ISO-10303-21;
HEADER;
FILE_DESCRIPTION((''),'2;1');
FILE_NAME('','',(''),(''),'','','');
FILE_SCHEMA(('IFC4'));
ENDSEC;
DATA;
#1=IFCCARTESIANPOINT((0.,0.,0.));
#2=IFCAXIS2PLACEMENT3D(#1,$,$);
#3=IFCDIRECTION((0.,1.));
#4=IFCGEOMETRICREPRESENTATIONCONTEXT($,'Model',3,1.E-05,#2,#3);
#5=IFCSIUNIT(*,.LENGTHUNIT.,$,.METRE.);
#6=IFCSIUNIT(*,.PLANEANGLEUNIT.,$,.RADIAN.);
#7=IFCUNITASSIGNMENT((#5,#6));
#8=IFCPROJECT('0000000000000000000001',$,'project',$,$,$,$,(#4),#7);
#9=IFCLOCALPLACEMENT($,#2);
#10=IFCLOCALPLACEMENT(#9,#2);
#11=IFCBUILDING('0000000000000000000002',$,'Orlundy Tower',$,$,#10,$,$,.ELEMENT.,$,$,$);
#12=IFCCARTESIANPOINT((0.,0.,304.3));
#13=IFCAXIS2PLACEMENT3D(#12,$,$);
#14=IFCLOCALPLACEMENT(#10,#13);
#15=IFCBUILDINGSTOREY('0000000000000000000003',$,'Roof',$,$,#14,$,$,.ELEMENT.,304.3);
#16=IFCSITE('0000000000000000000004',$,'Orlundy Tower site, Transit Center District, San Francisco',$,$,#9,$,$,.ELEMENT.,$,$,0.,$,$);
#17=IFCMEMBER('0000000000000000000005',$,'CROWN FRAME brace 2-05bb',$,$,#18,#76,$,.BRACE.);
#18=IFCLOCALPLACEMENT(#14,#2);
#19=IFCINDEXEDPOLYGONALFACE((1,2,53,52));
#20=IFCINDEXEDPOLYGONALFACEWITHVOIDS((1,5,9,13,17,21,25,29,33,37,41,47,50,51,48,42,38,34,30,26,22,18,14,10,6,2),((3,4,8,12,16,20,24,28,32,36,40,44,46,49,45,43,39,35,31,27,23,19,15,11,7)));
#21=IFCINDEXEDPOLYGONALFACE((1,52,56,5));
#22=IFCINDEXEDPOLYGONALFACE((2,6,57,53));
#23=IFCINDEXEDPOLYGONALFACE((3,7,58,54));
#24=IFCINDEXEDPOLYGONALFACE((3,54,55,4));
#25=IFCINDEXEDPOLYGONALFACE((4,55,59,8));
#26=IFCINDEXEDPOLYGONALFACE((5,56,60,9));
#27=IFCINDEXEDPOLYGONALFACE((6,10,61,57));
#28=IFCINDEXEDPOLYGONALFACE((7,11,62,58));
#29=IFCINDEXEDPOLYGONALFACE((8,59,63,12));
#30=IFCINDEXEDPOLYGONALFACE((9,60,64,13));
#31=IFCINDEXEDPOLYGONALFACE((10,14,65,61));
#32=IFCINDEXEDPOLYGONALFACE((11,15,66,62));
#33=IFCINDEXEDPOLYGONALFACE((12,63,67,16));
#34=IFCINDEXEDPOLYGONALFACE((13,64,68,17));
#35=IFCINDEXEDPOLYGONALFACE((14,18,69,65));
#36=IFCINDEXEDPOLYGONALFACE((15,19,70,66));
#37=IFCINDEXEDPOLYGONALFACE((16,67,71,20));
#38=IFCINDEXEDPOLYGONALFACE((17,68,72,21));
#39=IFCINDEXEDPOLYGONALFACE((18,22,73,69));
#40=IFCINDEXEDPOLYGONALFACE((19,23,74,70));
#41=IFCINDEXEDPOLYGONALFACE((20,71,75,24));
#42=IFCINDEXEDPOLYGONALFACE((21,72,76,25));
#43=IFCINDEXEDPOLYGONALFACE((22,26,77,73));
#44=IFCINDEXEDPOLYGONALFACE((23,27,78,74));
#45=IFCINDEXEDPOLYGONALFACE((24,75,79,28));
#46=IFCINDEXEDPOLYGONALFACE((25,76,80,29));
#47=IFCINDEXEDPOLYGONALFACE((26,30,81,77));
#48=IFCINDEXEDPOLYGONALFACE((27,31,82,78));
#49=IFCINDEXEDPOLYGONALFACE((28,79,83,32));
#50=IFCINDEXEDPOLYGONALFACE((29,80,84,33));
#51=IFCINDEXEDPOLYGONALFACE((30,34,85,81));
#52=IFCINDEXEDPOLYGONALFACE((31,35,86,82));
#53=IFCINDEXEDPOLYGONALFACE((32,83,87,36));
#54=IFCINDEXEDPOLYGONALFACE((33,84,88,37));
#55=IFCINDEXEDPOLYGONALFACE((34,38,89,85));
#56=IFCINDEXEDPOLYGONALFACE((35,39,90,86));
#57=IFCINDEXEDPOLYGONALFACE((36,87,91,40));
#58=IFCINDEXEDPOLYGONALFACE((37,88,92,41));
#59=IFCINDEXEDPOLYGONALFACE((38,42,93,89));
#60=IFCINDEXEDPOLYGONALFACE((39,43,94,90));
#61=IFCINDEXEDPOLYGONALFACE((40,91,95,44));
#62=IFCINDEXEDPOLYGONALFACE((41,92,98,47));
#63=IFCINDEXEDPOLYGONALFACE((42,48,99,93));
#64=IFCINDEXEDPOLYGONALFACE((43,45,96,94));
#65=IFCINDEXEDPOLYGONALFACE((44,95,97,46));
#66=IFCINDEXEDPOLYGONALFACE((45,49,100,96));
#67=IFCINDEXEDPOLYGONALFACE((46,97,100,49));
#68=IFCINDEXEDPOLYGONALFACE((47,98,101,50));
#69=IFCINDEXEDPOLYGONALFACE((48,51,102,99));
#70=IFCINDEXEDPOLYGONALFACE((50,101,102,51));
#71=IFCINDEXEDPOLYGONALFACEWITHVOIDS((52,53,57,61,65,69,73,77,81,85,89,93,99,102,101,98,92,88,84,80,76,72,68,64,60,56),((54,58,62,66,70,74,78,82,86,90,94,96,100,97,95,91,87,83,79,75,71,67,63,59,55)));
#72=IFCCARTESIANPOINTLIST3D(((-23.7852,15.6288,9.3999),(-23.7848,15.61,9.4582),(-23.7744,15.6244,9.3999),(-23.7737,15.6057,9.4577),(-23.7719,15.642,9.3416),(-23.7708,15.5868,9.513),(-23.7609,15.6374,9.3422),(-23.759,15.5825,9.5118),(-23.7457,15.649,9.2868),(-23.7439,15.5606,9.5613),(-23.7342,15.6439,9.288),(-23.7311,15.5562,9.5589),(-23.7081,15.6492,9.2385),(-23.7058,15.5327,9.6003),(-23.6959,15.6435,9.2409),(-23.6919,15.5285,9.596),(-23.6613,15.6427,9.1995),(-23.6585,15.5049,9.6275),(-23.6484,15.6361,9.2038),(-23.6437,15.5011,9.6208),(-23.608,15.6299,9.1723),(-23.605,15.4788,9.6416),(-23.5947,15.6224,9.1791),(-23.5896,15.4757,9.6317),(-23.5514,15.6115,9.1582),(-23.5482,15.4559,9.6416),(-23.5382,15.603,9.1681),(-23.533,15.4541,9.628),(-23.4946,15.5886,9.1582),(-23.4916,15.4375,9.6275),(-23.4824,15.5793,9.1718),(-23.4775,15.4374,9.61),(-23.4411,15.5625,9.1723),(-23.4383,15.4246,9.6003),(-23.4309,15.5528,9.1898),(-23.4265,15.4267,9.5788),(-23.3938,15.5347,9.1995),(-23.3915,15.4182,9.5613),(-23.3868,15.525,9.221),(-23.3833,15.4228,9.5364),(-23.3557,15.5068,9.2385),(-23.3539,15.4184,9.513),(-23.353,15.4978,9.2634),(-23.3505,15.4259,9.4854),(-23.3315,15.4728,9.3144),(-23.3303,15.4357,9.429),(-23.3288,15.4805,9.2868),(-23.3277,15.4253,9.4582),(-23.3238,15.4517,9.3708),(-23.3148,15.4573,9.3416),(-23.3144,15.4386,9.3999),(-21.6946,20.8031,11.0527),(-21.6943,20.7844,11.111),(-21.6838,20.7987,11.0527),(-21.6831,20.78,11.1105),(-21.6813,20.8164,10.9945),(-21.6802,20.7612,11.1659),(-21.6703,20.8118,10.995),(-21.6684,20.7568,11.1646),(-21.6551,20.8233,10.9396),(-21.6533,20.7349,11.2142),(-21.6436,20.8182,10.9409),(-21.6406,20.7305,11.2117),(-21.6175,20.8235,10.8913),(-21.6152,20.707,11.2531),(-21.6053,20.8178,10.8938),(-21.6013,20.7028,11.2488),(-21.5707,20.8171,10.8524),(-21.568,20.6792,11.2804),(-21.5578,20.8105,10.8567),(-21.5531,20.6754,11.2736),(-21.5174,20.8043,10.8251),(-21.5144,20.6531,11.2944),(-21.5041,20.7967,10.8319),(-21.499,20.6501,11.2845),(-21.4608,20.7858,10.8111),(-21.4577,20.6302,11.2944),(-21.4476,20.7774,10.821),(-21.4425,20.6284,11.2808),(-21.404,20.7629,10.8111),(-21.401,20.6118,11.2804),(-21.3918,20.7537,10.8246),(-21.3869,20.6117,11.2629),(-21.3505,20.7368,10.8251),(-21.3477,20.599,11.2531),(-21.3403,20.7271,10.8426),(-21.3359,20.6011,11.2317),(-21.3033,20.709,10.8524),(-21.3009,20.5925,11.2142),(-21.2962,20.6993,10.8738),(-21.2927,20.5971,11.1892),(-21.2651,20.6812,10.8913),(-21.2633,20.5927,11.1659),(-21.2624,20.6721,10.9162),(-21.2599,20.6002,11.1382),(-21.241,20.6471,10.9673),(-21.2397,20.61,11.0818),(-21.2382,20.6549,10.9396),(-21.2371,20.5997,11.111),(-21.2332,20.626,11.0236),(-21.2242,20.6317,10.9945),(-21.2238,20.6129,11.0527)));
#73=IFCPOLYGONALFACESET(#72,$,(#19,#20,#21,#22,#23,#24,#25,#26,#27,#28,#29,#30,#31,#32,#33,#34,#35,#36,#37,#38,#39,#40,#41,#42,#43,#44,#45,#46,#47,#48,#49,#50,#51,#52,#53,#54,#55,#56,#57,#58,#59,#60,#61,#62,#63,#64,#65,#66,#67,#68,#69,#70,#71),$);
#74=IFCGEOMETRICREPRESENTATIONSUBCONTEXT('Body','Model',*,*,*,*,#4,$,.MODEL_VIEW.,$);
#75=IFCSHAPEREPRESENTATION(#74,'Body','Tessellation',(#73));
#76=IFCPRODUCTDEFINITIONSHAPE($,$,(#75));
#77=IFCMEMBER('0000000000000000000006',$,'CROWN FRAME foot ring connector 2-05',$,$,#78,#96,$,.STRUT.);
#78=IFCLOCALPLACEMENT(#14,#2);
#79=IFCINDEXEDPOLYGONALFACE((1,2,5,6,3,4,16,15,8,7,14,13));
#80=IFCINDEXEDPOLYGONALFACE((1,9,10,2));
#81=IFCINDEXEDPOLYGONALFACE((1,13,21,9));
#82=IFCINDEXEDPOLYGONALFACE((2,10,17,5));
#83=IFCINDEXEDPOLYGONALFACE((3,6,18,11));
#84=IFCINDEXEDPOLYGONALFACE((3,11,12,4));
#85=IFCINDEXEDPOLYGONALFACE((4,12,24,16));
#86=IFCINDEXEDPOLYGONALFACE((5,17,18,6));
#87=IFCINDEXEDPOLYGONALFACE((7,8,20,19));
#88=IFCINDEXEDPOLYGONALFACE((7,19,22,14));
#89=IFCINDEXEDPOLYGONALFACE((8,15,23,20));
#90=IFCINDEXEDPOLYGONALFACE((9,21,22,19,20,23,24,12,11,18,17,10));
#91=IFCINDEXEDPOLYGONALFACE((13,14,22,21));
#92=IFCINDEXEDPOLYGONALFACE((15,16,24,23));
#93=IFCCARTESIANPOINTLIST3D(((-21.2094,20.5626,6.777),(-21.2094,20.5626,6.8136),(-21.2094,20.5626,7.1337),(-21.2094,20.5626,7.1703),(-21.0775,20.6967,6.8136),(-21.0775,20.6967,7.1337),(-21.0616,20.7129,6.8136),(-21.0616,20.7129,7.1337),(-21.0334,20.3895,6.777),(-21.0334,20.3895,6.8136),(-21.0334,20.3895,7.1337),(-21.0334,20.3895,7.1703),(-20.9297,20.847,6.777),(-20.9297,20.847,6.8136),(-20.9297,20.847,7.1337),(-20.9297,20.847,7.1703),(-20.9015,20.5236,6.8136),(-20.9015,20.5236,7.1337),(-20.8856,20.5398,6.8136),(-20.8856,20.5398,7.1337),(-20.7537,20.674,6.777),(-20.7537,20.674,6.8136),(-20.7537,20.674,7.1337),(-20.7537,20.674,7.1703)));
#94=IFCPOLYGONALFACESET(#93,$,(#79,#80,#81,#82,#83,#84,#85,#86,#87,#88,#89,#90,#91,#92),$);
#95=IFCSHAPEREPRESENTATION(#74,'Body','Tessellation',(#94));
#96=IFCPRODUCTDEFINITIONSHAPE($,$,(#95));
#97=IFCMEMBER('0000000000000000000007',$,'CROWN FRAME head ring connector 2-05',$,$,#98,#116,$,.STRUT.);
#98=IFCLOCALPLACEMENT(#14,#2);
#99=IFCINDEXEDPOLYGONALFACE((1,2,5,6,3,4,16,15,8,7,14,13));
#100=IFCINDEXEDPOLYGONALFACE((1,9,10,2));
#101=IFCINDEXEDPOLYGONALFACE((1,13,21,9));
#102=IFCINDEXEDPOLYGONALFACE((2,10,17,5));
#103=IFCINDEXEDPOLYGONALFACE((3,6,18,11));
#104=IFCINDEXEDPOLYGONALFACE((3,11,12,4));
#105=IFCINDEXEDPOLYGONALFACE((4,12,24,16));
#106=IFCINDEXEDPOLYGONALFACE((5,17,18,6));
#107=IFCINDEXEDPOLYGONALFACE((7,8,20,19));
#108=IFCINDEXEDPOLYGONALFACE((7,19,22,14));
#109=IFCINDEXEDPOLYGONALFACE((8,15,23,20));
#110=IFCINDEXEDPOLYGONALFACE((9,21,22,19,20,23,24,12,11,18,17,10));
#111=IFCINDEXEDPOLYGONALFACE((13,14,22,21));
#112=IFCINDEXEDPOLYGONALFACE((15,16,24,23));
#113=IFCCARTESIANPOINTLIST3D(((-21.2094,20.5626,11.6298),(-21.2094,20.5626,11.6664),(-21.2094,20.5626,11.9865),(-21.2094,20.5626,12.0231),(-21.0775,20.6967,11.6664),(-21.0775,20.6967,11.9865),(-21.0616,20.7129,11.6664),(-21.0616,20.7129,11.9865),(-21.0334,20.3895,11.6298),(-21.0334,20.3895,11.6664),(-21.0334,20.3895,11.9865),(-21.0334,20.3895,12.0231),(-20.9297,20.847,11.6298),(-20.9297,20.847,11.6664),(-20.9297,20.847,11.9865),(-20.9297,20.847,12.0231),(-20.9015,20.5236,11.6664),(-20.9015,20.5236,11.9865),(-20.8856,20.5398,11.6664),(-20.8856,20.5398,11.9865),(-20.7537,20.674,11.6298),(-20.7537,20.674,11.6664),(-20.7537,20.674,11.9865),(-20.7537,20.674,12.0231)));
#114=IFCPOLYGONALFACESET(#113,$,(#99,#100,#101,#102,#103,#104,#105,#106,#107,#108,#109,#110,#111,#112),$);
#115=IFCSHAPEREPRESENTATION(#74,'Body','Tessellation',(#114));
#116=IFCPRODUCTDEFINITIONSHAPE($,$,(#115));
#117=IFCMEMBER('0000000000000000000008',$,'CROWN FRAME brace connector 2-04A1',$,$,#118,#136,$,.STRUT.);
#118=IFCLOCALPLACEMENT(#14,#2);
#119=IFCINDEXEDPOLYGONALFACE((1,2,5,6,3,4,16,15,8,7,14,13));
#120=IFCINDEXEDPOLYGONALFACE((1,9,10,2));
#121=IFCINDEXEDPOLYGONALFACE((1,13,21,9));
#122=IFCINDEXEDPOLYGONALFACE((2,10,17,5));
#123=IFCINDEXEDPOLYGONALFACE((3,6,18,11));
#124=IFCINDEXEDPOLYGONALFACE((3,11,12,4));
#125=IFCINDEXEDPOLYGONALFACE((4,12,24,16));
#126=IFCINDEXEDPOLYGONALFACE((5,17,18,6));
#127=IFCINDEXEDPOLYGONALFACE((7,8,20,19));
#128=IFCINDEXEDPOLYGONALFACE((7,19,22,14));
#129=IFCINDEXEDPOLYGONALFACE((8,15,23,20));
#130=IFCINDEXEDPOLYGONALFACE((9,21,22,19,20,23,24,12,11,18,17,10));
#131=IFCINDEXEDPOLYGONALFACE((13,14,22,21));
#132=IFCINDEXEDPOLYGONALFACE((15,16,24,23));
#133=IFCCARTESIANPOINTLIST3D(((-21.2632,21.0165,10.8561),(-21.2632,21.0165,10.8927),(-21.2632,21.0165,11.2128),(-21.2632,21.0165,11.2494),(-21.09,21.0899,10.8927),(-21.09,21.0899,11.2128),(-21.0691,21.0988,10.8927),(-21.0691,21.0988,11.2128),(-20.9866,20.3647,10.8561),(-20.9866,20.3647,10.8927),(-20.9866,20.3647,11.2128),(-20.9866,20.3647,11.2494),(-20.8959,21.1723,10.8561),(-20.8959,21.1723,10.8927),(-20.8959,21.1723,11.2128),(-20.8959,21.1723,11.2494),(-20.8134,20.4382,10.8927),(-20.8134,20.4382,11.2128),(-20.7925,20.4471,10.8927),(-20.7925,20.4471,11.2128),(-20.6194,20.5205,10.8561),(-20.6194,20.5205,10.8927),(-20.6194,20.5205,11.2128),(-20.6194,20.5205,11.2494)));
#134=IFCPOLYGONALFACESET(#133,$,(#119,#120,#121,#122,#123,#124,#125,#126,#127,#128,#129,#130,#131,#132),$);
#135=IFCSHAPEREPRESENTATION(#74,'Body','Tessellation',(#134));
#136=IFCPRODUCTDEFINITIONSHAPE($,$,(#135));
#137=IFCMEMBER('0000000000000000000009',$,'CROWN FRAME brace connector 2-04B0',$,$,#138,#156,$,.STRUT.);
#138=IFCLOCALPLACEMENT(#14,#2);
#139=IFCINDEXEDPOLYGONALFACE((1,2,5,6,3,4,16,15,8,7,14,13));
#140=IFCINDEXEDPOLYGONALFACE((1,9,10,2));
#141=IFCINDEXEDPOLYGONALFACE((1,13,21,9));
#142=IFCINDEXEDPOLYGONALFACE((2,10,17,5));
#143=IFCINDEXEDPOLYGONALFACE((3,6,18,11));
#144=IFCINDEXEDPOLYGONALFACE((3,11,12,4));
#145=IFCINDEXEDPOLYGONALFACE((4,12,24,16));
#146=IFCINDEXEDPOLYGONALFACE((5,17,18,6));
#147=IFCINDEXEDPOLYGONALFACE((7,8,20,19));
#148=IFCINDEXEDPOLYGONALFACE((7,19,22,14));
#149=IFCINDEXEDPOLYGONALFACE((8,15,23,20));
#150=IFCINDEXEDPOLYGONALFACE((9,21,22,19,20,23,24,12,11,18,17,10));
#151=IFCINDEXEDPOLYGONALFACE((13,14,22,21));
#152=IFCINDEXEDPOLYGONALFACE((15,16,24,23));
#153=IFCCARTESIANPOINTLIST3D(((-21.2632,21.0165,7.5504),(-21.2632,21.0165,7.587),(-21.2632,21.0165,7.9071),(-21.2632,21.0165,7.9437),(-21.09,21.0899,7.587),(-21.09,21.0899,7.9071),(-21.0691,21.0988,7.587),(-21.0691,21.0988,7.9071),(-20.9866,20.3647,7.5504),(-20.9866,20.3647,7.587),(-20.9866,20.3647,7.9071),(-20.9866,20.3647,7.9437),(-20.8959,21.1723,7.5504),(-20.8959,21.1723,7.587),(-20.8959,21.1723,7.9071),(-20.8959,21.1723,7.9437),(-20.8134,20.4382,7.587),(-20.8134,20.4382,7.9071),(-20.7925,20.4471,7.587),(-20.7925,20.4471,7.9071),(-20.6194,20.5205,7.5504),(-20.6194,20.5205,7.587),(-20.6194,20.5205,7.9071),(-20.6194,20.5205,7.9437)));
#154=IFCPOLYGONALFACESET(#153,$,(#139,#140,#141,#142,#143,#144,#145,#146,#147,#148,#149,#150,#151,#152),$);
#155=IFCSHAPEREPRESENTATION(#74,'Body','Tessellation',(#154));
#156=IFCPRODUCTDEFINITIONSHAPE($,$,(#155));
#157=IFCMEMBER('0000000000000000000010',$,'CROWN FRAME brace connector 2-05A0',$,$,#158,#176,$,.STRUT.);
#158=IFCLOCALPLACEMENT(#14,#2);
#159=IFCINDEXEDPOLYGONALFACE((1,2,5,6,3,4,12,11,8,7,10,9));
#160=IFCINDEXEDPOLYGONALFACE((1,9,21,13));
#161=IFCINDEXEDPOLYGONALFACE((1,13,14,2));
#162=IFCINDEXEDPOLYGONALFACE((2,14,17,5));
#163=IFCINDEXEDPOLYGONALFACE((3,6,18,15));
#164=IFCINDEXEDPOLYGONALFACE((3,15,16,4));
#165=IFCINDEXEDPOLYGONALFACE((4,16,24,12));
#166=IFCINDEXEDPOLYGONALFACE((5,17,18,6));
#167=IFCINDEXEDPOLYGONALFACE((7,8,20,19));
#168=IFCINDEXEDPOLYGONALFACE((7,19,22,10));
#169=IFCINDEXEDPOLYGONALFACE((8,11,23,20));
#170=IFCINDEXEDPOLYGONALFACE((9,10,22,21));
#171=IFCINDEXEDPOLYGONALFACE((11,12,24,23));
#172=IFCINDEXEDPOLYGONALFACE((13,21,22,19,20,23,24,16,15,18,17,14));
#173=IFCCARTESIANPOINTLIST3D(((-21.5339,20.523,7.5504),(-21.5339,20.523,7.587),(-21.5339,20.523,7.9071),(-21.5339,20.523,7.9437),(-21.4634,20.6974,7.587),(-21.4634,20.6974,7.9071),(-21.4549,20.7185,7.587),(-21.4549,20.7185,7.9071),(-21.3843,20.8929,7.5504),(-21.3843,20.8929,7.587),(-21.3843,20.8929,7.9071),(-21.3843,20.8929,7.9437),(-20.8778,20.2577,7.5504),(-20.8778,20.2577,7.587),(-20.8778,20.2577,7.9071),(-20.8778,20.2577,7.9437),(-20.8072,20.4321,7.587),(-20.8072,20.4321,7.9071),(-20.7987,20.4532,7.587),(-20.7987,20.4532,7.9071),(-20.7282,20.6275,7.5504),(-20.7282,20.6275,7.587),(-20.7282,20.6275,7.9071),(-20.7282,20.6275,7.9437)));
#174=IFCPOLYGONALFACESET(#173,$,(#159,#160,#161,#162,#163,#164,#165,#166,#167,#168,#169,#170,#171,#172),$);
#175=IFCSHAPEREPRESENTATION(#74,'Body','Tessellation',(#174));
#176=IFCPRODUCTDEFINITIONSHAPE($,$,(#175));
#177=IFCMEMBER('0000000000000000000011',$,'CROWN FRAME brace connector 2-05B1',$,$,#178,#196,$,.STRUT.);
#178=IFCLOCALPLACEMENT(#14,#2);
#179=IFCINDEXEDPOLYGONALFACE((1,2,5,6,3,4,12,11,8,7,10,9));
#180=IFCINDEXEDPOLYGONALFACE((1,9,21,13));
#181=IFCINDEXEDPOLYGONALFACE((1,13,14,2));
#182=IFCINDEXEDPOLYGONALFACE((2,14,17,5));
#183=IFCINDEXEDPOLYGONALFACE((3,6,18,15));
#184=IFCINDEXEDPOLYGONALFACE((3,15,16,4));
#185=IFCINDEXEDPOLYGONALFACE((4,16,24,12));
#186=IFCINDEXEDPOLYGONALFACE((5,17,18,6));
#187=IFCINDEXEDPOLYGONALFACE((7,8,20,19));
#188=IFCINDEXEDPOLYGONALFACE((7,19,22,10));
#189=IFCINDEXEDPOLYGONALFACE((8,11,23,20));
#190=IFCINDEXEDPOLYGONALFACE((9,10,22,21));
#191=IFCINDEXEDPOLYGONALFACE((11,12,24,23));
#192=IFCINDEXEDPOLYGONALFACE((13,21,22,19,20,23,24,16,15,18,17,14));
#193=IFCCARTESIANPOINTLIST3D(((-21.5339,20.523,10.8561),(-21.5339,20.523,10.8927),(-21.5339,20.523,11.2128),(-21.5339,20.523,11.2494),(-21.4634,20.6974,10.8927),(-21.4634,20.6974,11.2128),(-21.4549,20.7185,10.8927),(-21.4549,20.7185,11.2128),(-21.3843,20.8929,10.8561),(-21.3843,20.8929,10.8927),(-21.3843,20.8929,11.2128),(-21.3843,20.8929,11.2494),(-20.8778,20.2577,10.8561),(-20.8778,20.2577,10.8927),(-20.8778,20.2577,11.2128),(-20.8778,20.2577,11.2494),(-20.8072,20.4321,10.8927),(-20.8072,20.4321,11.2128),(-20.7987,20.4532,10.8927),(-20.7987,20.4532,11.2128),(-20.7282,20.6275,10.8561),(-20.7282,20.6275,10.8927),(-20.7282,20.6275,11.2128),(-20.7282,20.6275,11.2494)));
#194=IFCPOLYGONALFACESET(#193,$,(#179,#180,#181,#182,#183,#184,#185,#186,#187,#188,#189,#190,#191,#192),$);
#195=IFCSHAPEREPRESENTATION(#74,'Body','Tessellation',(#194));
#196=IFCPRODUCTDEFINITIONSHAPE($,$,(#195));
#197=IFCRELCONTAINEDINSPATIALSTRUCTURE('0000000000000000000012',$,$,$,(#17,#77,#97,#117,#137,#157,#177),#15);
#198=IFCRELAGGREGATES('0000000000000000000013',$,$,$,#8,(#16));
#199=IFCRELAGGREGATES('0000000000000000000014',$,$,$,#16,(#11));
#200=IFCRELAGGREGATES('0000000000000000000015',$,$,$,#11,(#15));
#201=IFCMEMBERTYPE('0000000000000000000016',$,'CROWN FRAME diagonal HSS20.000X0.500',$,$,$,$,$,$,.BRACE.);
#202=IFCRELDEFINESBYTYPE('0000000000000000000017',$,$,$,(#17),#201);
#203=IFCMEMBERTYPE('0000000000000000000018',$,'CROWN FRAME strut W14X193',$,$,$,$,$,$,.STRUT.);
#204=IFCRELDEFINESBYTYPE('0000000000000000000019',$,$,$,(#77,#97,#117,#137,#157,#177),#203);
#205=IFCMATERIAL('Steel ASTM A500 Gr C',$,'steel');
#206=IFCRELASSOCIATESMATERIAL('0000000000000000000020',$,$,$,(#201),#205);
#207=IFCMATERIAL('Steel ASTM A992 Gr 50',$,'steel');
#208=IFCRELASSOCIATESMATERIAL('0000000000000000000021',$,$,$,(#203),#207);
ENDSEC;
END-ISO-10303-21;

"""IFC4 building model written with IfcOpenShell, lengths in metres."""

from ifc_helpers import new_model, si_unit, direction, frame, origin, origin_2d, place, context, subcontext, project, spatial, hollow_circle, i_section, extrude, material, material_profile, profile_set, type_object, element, save


model = new_model("IFC4")

# Units and contexts
model_context = context("Model", 3, precision=1e-05, world=origin(), true_north=direction((0.0, 1.0)))
body_context = subcontext(model_context, "Body", "Model", "MODEL_VIEW")
ifc_project = project(units=[si_unit("LENGTHUNIT", "METRE"), si_unit("PLANEANGLEUNIT", "RADIAN")], contexts=[model_context])

# Site, building, storey
site_placement = place(None, origin())
site = spatial("IfcSite", under=ifc_project, at=site_placement, Name="Orlundy Tower site, Transit Center District, San Francisco", CompositionType="ELEMENT", RefElevation=0.0)
building_placement = place(site_placement, origin())
building = spatial("IfcBuilding", under=site, at=building_placement, Name="Orlundy Tower", CompositionType="ELEMENT")
storey_placement = place(building_placement, frame((0.0, 0.0, 304.3)))
storey = spatial("IfcBuildingStorey", under=building, at=storey_placement, Name="Roof", CompositionType="ELEMENT", Elevation=304.3)

# Members
ifc_material_1 = material(Name="Steel ASTM A500 Gr C", Category="steel")
ifc_material_profile_1 = material_profile(ifc_material_1, hollow_circle(Radius=0.2539, WallThickness=0.0117, at=origin_2d()), Name="HSS20.000X0.500")
ifc_profile_set_1 = profile_set([ifc_material_profile_1], Name="Steel ASTM A500 Gr C")
member_type_1 = type_object("IfcMemberType", Name="CROWN FRAME diagonal HSS20.000X0.500", PredefinedType="BRACE", material=ifc_profile_set_1)
member_1_placement = place(storey_placement, frame((-23.5498, 15.5337, 9.3999), z_axis=(0.359187, 0.889012, 0.283977), x_axis=(-0.927183, 0.374609, 0.0)))
element("IfcMember", 1, at=member_1_placement, inside=storey, type_object=member_type_1, Name="CROWN FRAME brace 2-05bb", PredefinedType="BRACE", context=body_context, shape_type="SweptSolid", body=[
    extrude(hollow_circle(Radius=0.2539, WallThickness=0.0117, at=origin_2d()), origin(), (0.0, 0.0, 1.0), 5.8203),
])
ifc_material_2 = material(Name="Steel ASTM A992 Gr 50", Category="steel")
ifc_material_profile_2 = material_profile(ifc_material_2, i_section(OverallWidth=0.3989, OverallDepth=0.3933, WebThickness=0.0227, FlangeThickness=0.0366, at=origin_2d()), Name="W14X193")
ifc_profile_set_2 = profile_set([ifc_material_profile_2], Name="Steel ASTM A992 Gr 50")
member_type_2 = type_object("IfcMemberType", Name="CROWN FRAME strut W14X193", PredefinedType="STRUT", material=ifc_profile_set_2)
for number, where, z_axis, x_axis, name in (
    (2, (-20.8936, 20.5317, 6.9736), (-0.713015, 0.701148, 0.0), (-0.701148, -0.713015, 0.0), "CROWN FRAME foot ring connector 2-05"),
    (3, (-20.8936, 20.5317, 11.8264), (-0.713015, 0.701148, 0.0), (-0.701148, -0.713015, 0.0), "CROWN FRAME head ring connector 2-05"),
):
    element("IfcMember", number, at=place(storey_placement, frame(where, z_axis=z_axis, x_axis=x_axis)), inside=storey, type_object=member_type_2, Name=name, PredefinedType="STRUT", context=body_context, shape_type="SweptSolid", body=[
        extrude(i_section(OverallWidth=0.3989, OverallDepth=0.3933, WebThickness=0.0227, FlangeThickness=0.0366, at=origin_2d()), origin(), (0.0, 0.0, 1.0), 0.2468),
    ])
for number, where, z_axis, x_axis, name in (
    (4, (-20.803, 20.4426, 11.0527), (-0.39063, 0.920548, 0.0), (-0.920548, -0.39063, 0.0), "CROWN FRAME brace connector 2-04A1"),
    (5, (-20.803, 20.4426, 7.7471), (-0.39063, 0.920548, 0.0), (-0.920548, -0.39063, 0.0), "CROWN FRAME brace connector 2-04B0"),
):
    element("IfcMember", number, at=place(storey_placement, frame(where, z_axis=z_axis, x_axis=x_axis)), inside=storey, type_object=member_type_2, Name=name, PredefinedType="STRUT", context=body_context, shape_type="SweptSolid", body=[
        extrude(i_section(OverallWidth=0.3989, OverallDepth=0.3933, WebThickness=0.0227, FlangeThickness=0.0366, at=origin_2d()), origin(), (0.0, 0.0, 1.0), 0.708),
    ])
for number, where, z_axis, x_axis, name in (
    (6, (-20.803, 20.4426, 7.7471), (-0.927067, 0.374896, 0.0), (-0.374896, -0.927067, 0.0), "CROWN FRAME brace connector 2-05A0"),
    (7, (-20.803, 20.4426, 11.0527), (-0.927067, 0.374896, 0.0), (-0.374896, -0.927067, 0.0), "CROWN FRAME brace connector 2-05B1"),
):
    element("IfcMember", number, at=place(storey_placement, frame(where, z_axis=z_axis, x_axis=x_axis)), inside=storey, type_object=member_type_2, Name=name, PredefinedType="STRUT", context=body_context, shape_type="SweptSolid", body=[
        extrude(i_section(OverallWidth=0.3989, OverallDepth=0.3933, WebThickness=0.0227, FlangeThickness=0.0366, at=origin_2d()), origin(), (0.0, 0.0, 1.0), 0.7078),
    ])

save(model, "model.ifc")
